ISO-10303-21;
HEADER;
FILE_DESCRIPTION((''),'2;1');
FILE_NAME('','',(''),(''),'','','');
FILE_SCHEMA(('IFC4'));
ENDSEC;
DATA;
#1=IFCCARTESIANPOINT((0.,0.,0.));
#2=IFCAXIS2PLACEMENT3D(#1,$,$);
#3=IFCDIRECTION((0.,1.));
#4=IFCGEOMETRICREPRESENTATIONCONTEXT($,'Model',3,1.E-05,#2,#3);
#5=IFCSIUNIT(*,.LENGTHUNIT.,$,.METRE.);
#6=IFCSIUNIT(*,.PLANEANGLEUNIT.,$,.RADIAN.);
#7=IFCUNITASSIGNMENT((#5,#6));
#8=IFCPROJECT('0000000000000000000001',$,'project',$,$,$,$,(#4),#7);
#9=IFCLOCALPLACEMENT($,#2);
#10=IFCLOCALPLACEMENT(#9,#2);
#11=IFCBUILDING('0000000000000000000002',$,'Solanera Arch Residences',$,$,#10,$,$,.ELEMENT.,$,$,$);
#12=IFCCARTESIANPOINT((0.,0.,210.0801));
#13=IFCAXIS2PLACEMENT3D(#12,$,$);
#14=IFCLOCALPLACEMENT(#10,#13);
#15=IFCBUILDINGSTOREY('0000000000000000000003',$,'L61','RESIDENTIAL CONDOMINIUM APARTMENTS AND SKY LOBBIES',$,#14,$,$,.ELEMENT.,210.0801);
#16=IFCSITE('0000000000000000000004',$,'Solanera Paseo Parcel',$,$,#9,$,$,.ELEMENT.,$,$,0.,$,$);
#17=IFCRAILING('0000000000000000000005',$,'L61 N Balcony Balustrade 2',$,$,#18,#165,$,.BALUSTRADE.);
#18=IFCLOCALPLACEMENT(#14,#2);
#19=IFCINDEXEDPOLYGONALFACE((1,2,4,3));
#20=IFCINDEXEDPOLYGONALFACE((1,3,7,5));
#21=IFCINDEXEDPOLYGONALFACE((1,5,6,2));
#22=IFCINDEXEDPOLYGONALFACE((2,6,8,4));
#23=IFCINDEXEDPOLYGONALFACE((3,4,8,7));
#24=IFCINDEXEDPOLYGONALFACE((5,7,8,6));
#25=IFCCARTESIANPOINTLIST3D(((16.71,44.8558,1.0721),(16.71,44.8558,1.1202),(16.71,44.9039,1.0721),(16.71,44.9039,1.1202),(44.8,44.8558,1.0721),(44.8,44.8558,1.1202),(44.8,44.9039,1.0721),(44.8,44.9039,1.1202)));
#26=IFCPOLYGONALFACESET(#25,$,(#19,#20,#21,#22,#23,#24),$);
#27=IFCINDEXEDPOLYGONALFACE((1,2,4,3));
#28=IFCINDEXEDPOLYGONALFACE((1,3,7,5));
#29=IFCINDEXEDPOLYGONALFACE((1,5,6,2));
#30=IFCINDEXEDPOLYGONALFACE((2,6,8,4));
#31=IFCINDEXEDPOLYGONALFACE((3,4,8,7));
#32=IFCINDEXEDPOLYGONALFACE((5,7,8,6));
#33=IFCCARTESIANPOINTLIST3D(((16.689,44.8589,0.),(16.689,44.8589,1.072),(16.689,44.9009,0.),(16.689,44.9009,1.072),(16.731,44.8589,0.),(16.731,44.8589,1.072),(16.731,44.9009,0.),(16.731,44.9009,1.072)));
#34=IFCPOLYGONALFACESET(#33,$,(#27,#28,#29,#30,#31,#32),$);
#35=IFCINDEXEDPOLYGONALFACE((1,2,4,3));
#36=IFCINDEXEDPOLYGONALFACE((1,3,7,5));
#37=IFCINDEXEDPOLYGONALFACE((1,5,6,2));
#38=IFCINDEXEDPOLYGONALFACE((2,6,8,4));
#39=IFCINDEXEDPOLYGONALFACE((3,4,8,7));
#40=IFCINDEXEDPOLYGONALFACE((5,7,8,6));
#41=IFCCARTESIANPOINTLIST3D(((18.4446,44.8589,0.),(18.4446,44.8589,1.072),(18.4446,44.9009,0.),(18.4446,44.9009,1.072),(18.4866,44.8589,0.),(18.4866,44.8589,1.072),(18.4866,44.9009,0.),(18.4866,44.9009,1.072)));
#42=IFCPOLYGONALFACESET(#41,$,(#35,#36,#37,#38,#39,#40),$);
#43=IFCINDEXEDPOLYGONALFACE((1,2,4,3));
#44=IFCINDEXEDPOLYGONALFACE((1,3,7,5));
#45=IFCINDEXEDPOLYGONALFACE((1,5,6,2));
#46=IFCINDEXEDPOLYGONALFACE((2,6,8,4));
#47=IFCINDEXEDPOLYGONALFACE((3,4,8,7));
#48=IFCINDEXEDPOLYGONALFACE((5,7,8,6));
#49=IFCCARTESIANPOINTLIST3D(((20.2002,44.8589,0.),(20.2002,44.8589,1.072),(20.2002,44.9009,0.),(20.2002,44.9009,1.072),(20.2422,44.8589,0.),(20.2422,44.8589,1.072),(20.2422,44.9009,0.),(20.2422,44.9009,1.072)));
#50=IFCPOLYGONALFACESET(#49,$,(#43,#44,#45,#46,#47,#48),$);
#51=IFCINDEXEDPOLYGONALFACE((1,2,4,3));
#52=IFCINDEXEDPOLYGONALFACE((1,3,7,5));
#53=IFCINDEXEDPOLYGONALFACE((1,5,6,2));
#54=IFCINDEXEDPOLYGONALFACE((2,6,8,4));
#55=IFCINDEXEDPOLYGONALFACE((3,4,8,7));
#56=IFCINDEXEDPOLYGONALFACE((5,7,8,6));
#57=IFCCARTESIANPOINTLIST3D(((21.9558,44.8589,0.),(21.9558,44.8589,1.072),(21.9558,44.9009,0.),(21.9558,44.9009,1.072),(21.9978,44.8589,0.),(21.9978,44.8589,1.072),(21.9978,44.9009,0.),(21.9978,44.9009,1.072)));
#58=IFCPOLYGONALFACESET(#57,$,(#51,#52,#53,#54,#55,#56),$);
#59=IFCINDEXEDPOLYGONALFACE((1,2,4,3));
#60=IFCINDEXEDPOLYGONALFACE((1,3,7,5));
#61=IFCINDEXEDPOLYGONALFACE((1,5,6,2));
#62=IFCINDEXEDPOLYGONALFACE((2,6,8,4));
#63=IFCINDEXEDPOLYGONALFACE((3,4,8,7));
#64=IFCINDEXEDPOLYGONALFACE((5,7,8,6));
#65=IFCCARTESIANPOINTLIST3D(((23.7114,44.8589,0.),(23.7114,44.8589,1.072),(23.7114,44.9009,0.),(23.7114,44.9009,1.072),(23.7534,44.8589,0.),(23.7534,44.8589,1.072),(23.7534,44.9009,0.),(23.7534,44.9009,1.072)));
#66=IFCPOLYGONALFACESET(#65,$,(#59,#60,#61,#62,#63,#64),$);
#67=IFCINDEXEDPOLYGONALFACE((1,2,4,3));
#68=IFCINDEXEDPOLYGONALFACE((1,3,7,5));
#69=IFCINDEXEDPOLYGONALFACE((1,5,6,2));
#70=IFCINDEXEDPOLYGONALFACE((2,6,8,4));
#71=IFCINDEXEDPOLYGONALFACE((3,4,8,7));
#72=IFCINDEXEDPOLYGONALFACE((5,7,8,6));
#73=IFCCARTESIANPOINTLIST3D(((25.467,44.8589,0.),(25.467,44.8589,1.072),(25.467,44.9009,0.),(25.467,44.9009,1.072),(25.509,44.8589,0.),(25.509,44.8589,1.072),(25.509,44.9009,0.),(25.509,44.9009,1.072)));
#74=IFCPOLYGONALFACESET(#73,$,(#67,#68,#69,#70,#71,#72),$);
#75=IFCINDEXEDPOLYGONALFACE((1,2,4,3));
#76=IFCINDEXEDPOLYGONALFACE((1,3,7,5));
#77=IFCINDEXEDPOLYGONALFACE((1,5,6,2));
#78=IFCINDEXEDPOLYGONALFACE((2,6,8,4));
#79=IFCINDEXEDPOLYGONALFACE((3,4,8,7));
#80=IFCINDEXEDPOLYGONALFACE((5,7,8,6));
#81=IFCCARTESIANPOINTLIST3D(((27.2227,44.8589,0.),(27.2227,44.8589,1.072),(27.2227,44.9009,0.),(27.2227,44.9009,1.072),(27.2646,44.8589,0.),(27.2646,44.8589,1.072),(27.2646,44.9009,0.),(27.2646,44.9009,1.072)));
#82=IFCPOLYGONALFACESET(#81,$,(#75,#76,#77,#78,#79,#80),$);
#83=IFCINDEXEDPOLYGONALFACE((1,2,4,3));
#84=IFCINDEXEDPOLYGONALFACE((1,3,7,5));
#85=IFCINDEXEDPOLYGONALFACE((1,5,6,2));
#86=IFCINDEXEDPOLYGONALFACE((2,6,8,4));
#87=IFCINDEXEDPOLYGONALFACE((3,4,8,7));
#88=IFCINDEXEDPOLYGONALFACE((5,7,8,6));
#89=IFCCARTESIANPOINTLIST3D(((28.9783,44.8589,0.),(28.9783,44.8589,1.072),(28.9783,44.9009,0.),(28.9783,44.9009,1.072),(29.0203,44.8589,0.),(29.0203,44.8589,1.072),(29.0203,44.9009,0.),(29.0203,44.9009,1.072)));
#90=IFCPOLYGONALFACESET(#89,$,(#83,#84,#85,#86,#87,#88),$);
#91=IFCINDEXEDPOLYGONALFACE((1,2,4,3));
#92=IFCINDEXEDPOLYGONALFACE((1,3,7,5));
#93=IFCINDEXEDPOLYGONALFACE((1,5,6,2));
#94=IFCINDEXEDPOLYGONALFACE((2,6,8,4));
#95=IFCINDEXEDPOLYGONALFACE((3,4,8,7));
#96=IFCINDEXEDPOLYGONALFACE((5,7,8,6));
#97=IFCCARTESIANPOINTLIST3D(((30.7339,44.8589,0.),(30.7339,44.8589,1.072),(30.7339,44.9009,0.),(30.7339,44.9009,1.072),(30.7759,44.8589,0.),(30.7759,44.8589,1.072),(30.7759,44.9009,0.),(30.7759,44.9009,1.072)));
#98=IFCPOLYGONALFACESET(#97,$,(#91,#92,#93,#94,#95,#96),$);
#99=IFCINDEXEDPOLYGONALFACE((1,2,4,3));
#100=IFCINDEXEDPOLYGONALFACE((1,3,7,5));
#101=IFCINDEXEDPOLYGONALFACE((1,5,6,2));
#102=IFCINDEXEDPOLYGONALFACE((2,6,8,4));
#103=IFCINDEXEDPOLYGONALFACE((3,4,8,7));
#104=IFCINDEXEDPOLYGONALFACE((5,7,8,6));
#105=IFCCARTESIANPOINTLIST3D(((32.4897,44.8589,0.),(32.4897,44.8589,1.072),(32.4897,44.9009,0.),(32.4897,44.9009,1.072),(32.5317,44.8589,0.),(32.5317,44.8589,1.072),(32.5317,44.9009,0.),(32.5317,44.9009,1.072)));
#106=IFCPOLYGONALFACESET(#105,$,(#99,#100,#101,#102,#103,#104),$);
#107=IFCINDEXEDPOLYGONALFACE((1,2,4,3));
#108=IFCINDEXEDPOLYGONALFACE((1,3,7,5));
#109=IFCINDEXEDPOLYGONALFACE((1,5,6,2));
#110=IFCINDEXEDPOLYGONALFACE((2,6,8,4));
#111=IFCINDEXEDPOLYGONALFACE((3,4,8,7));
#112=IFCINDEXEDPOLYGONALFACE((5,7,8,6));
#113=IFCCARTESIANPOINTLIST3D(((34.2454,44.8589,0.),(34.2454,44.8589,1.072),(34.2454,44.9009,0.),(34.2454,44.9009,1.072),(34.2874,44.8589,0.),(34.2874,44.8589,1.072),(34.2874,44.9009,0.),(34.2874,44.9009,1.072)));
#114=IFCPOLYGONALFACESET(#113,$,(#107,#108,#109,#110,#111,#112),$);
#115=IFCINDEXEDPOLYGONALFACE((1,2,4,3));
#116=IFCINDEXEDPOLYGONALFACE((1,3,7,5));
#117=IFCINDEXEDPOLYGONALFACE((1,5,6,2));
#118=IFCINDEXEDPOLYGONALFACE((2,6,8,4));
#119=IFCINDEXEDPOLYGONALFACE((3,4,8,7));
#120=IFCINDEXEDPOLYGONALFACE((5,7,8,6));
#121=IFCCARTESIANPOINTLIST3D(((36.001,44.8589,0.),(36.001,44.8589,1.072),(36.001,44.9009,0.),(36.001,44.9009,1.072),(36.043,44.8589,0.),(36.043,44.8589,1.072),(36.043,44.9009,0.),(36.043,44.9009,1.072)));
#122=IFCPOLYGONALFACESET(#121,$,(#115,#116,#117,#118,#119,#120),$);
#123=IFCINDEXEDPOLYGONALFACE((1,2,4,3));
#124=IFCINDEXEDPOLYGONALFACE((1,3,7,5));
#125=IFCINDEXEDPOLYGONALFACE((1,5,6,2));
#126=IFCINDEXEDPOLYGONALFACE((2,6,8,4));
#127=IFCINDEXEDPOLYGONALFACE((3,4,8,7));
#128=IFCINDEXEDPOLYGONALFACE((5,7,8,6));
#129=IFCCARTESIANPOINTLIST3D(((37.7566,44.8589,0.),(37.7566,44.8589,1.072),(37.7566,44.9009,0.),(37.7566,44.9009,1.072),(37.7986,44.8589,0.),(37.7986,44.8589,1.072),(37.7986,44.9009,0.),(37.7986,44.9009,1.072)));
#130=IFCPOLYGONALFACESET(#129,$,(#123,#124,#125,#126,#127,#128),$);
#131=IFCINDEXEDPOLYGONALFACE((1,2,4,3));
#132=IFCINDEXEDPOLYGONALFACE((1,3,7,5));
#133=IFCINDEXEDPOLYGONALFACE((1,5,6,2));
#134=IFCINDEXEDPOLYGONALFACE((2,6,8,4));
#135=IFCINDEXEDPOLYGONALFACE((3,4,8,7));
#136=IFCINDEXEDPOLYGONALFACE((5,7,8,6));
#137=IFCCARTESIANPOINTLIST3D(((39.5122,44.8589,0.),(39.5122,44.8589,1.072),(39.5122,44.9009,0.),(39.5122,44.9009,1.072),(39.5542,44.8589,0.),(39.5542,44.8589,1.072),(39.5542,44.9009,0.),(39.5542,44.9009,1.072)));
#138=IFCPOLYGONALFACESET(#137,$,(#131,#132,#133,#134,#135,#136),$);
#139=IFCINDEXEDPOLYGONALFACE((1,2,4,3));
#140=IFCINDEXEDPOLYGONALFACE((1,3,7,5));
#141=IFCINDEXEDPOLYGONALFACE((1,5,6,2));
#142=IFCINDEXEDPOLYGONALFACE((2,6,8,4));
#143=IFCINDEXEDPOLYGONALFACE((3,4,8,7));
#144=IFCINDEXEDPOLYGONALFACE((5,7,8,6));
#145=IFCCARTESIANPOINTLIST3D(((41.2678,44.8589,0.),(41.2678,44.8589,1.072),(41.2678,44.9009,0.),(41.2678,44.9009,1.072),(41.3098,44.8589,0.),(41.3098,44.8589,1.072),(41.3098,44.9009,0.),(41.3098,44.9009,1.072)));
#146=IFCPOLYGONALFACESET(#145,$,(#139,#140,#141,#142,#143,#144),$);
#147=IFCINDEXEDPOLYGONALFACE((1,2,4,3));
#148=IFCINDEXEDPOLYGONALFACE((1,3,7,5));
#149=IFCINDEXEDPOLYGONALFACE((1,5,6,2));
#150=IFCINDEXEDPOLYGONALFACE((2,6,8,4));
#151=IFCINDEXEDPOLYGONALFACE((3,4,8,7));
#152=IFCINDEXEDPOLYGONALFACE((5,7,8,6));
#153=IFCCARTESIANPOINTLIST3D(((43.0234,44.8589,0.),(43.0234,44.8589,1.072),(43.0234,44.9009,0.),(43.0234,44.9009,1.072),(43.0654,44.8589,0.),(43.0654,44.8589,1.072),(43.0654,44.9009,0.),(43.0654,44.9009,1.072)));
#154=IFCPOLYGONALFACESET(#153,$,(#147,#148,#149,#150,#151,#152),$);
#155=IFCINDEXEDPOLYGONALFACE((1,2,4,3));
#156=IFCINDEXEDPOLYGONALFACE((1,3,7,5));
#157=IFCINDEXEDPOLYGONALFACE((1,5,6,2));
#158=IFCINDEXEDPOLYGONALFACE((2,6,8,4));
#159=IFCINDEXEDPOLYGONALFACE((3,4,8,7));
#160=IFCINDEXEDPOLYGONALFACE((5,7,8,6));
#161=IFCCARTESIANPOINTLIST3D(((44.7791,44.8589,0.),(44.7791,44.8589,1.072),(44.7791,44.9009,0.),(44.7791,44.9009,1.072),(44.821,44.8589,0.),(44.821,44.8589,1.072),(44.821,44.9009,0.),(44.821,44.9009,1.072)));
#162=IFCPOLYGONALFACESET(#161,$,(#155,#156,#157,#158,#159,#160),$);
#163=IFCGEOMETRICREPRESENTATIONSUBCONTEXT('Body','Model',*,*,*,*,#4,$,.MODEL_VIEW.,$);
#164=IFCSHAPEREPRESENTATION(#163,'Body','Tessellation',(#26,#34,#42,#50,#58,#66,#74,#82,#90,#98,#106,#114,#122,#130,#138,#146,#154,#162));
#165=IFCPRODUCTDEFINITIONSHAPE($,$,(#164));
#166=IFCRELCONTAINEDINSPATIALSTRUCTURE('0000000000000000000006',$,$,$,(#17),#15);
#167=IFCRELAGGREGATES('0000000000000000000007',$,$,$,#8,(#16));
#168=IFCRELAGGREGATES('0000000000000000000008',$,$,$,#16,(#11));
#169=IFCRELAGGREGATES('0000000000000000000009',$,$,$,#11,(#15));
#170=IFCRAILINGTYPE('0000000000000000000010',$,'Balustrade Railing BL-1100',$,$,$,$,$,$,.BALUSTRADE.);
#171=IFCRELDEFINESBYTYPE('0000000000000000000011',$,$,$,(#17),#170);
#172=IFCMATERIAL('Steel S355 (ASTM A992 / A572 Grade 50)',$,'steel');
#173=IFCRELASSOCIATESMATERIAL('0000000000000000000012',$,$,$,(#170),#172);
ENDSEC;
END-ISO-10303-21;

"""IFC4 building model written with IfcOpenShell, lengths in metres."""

from ifc_helpers import new_model, si_unit, direction, frame, origin, origin_2d, place, context, subcontext, project, spatial, rectangle, extrude, material, type_object, element, save


model = new_model("IFC4")

# Units and contexts
model_context = context("Model", 3, precision=1e-05, world=origin(), true_north=direction((0.0, 1.0)))
body_context = subcontext(model_context, "Body", "Model", "MODEL_VIEW")
ifc_project = project(units=[si_unit("LENGTHUNIT", "METRE"), si_unit("PLANEANGLEUNIT", "RADIAN")], contexts=[model_context])

# Site, building, storey
site_placement = place(None, origin())
site = spatial("IfcSite", under=ifc_project, at=site_placement, Name="Solanera Paseo Parcel", CompositionType="ELEMENT", RefElevation=0.0)
building_placement = place(site_placement, origin())
building = spatial("IfcBuilding", under=site, at=building_placement, Name="Solanera Arch Residences", CompositionType="ELEMENT")
storey_placement = place(building_placement, frame((0.0, 0.0, 210.0801)))
storey = spatial("IfcBuildingStorey", under=building, at=storey_placement, Name="L61", Description="RESIDENTIAL CONDOMINIUM APARTMENTS AND SKY LOBBIES", CompositionType="ELEMENT", Elevation=210.0801)

# Railing
ifc_material_1 = material(Name="Steel S355 (ASTM A992 / A572 Grade 50)", Category="steel")
railing_type = type_object("IfcRailingType", Name="Balustrade Railing BL-1100", PredefinedType="BALUSTRADE", material=ifc_material_1)
railing_placement = place(storey_placement, frame((16.71, 44.8799, 0.0)))
element("IfcRailing", 1, at=railing_placement, inside=storey, type_object=railing_type, Name="L61 N Balcony Balustrade 2", PredefinedType="BALUSTRADE", context=body_context, shape_type="SweptSolid", body=[
    extrude(rectangle(XDim=0.0481, YDim=0.0481, at=origin_2d()), frame((0.0, 0.0, 1.0962), z_axis=(1.0, 0.0, 0.0), x_axis=(0.0, 1.0, 0.0)), (0.0, 0.0, 1.0), 28.0901),
    extrude(rectangle(XDim=0.042, YDim=0.042, at=origin_2d()), origin(), (0.0, 0.0, 1.0), 1.072),
    extrude(rectangle(XDim=0.042, YDim=0.042, at=origin_2d()), frame((1.7556, 0.0, 0.0)), (0.0, 0.0, 1.0), 1.072),
    extrude(rectangle(XDim=0.042, YDim=0.042, at=origin_2d()), frame((3.5112, 0.0, 0.0)), (0.0, 0.0, 1.0), 1.072),
    extrude(rectangle(XDim=0.042, YDim=0.042, at=origin_2d()), frame((5.2668, 0.0, 0.0)), (0.0, 0.0, 1.0), 1.072),
    extrude(rectangle(XDim=0.042, YDim=0.042, at=origin_2d()), frame((7.0225, 0.0, 0.0)), (0.0, 0.0, 1.0), 1.072),
    extrude(rectangle(XDim=0.042, YDim=0.042, at=origin_2d()), frame((8.7781, 0.0, 0.0)), (0.0, 0.0, 1.0), 1.072),
    extrude(rectangle(XDim=0.042, YDim=0.042, at=origin_2d()), frame((10.5337, 0.0, 0.0)), (0.0, 0.0, 1.0), 1.072),
    extrude(rectangle(XDim=0.042, YDim=0.042, at=origin_2d()), frame((12.2893, 0.0, 0.0)), (0.0, 0.0, 1.0), 1.072),
    extrude(rectangle(XDim=0.042, YDim=0.042, at=origin_2d()), frame((14.0449, 0.0, 0.0)), (0.0, 0.0, 1.0), 1.072),
    extrude(rectangle(XDim=0.042, YDim=0.042, at=origin_2d()), frame((15.8008, 0.0, 0.0)), (0.0, 0.0, 1.0), 1.072),
    extrude(rectangle(XDim=0.042, YDim=0.042, at=origin_2d()), frame((17.5564, 0.0, 0.0)), (0.0, 0.0, 1.0), 1.072),
    extrude(rectangle(XDim=0.042, YDim=0.042, at=origin_2d()), frame((19.312, 0.0, 0.0)), (0.0, 0.0, 1.0), 1.072),
    extrude(rectangle(XDim=0.042, YDim=0.042, at=origin_2d()), frame((21.0676, 0.0, 0.0)), (0.0, 0.0, 1.0), 1.072),
    extrude(rectangle(XDim=0.042, YDim=0.042, at=origin_2d()), frame((22.8232, 0.0, 0.0)), (0.0, 0.0, 1.0), 1.072),
    extrude(rectangle(XDim=0.042, YDim=0.042, at=origin_2d()), frame((24.5789, 0.0, 0.0)), (0.0, 0.0, 1.0), 1.072),
    extrude(rectangle(XDim=0.042, YDim=0.042, at=origin_2d()), frame((26.3345, 0.0, 0.0)), (0.0, 0.0, 1.0), 1.072),
    extrude(rectangle(XDim=0.042, YDim=0.042, at=origin_2d()), frame((28.0901, 0.0, 0.0)), (0.0, 0.0, 1.0), 1.072),
])

save(model, "model.ifc")
